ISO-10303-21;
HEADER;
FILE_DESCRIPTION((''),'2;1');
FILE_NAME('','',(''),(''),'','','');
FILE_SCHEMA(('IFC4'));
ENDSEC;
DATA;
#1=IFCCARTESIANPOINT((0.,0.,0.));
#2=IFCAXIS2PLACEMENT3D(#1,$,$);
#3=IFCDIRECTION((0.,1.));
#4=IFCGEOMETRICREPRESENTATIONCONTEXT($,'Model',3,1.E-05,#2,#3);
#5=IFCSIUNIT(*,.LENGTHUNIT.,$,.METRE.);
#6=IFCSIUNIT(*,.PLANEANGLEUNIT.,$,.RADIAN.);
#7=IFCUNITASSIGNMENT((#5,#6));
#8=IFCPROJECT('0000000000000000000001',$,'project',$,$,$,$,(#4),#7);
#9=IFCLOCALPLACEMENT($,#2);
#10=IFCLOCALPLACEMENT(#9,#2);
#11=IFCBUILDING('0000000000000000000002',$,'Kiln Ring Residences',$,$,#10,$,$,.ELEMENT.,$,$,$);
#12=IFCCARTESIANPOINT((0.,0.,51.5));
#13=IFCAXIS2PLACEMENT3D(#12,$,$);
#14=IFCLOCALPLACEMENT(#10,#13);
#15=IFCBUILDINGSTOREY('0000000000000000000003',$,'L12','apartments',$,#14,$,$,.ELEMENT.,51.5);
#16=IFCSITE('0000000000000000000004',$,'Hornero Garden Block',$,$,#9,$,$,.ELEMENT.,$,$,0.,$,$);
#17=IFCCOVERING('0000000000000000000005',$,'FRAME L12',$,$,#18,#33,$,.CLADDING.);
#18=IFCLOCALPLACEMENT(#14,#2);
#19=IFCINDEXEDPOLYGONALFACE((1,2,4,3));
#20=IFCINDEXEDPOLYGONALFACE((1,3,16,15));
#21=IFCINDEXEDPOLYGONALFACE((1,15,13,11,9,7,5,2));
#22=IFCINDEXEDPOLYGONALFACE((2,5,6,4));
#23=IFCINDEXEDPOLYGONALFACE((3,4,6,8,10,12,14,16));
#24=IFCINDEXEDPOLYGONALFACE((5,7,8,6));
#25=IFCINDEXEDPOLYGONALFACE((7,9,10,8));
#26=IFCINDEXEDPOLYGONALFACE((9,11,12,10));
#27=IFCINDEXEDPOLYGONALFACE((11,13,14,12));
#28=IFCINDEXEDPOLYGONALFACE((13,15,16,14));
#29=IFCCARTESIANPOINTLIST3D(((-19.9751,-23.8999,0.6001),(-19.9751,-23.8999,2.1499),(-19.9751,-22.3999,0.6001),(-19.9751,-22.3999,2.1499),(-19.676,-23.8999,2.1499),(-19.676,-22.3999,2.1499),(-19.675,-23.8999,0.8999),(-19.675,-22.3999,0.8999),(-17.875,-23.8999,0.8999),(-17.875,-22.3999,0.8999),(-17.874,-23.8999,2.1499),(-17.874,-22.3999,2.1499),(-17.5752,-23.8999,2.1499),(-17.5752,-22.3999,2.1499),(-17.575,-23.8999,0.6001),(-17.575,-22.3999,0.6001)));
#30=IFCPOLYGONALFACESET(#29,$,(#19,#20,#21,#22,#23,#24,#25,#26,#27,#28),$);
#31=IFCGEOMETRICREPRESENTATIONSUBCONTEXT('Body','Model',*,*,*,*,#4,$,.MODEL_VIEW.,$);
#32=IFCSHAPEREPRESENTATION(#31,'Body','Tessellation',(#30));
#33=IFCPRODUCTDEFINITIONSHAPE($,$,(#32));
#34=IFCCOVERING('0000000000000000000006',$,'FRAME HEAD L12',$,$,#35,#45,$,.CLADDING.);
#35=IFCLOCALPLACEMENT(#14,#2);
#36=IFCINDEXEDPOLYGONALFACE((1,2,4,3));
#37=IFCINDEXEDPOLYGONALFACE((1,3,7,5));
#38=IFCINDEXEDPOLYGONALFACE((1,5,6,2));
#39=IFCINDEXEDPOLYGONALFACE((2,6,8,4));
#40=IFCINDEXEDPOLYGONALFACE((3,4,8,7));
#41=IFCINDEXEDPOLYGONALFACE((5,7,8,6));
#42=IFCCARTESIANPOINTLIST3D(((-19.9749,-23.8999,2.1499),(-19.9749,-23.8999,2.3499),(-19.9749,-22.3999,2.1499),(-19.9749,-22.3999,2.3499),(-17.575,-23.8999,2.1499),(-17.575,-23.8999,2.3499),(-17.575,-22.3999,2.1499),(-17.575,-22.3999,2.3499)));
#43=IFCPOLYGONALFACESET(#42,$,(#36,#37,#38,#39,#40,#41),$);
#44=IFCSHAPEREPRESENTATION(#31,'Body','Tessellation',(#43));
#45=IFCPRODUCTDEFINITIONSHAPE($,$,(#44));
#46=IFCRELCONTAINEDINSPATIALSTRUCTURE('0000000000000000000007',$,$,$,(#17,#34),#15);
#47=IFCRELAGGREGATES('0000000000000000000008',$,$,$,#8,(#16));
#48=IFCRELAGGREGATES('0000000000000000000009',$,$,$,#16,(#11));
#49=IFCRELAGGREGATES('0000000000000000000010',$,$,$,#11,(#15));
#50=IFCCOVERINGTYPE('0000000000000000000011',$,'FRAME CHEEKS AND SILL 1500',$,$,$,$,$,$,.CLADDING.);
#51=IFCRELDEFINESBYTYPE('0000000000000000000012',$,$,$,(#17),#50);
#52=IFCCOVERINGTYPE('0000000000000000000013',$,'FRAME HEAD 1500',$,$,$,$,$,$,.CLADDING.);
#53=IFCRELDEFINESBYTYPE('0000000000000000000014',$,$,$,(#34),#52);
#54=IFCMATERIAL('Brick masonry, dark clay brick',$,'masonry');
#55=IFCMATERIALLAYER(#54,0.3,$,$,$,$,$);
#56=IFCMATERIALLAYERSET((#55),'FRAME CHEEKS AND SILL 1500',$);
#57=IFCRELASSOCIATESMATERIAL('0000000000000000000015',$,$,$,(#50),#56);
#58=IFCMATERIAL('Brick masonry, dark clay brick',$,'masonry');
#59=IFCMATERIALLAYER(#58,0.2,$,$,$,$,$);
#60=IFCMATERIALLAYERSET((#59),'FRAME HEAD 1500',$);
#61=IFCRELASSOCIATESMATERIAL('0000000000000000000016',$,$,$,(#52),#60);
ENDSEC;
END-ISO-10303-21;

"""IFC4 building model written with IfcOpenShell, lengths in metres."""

from ifc_helpers import new_model, si_unit, direction, frame, origin, origin_2d, place, context, subcontext, project, spatial, polyline, rectangle, outline, extrude, material, layer, layer_set, type_object, element, save


model = new_model("IFC4")

# Units and contexts
model_context = context("Model", 3, precision=1e-05, world=origin(), true_north=direction((0.0, 1.0)))
body_context = subcontext(model_context, "Body", "Model", "MODEL_VIEW")
ifc_project = project(units=[si_unit("LENGTHUNIT", "METRE"), si_unit("PLANEANGLEUNIT", "RADIAN")], contexts=[model_context])

# Site, building, storey
site_placement = place(None, origin())
site = spatial("IfcSite", under=ifc_project, at=site_placement, Name="Hornero Garden Block", CompositionType="ELEMENT", RefElevation=0.0)
building_placement = place(site_placement, origin())
building = spatial("IfcBuilding", under=site, at=building_placement, Name="Kiln Ring Residences", CompositionType="ELEMENT")
storey_placement = place(building_placement, frame((0.0, 0.0, 51.5)))
storey = spatial("IfcBuildingStorey", under=building, at=storey_placement, Name="L12", Description="apartments", CompositionType="ELEMENT", Elevation=51.5)

# Coverings
ifc_material_1 = material(Name="Brick masonry, dark clay brick", Category="masonry")
ifc_layer_1 = layer(ifc_material_1, 0.3)
ifc_layer_set_1 = layer_set([ifc_layer_1], Name="FRAME CHEEKS AND SILL 1500")
covering_type_1 = type_object("IfcCoveringType", Name="FRAME CHEEKS AND SILL 1500", PredefinedType="CLADDING", material=ifc_layer_set_1)
covering_1_placement = place(storey_placement, frame((-19.9751, -23.1499, 0.6001), z_axis=(0.0, 0.0, 1.0), x_axis=(1.0, 0.0, 0.0)))
element("IfcCovering", 1, at=covering_1_placement, inside=storey, type_object=covering_type_1, Name="FRAME L12", PredefinedType="CLADDING", context=body_context, shape_type="SweptSolid", body=[
    extrude(outline(polyline([(0.0, 0.0), (2.4001, 0.0), (2.3999, 1.5498), (2.1011, 1.5498), (2.1001, 0.2998), (0.3, 0.2998), (0.2991, 1.5498), (0.0, 1.5498), (0.0, 0.0)])), frame((0.0, 0.75, 0.0), z_axis=(0.0, -1.0, 0.0), x_axis=(1.0, 0.0, 0.0)), (0.0, 0.0, 1.0), 1.5),
])
ifc_material_2 = material(Name="Brick masonry, dark clay brick", Category="masonry")
ifc_layer_2 = layer(ifc_material_2, 0.2)
ifc_layer_set_2 = layer_set([ifc_layer_2], Name="FRAME HEAD 1500")
covering_type_2 = type_object("IfcCoveringType", Name="FRAME HEAD 1500", PredefinedType="CLADDING", material=ifc_layer_set_2)
covering_2_placement = place(storey_placement, frame((-18.7749, -23.1499, 2.1499), z_axis=(0.0, 0.0, 1.0), x_axis=(1.0, 0.0, 0.0)))
element("IfcCovering", 2, at=covering_2_placement, inside=storey, type_object=covering_type_2, Name="FRAME HEAD L12", PredefinedType="CLADDING", context=body_context, shape_type="SweptSolid", body=[
    extrude(rectangle(XDim=2.3999, YDim=1.5, at=origin_2d()), origin(), (0.0, 0.0, 1.0), 0.2),
])

save(model, "model.ifc")
